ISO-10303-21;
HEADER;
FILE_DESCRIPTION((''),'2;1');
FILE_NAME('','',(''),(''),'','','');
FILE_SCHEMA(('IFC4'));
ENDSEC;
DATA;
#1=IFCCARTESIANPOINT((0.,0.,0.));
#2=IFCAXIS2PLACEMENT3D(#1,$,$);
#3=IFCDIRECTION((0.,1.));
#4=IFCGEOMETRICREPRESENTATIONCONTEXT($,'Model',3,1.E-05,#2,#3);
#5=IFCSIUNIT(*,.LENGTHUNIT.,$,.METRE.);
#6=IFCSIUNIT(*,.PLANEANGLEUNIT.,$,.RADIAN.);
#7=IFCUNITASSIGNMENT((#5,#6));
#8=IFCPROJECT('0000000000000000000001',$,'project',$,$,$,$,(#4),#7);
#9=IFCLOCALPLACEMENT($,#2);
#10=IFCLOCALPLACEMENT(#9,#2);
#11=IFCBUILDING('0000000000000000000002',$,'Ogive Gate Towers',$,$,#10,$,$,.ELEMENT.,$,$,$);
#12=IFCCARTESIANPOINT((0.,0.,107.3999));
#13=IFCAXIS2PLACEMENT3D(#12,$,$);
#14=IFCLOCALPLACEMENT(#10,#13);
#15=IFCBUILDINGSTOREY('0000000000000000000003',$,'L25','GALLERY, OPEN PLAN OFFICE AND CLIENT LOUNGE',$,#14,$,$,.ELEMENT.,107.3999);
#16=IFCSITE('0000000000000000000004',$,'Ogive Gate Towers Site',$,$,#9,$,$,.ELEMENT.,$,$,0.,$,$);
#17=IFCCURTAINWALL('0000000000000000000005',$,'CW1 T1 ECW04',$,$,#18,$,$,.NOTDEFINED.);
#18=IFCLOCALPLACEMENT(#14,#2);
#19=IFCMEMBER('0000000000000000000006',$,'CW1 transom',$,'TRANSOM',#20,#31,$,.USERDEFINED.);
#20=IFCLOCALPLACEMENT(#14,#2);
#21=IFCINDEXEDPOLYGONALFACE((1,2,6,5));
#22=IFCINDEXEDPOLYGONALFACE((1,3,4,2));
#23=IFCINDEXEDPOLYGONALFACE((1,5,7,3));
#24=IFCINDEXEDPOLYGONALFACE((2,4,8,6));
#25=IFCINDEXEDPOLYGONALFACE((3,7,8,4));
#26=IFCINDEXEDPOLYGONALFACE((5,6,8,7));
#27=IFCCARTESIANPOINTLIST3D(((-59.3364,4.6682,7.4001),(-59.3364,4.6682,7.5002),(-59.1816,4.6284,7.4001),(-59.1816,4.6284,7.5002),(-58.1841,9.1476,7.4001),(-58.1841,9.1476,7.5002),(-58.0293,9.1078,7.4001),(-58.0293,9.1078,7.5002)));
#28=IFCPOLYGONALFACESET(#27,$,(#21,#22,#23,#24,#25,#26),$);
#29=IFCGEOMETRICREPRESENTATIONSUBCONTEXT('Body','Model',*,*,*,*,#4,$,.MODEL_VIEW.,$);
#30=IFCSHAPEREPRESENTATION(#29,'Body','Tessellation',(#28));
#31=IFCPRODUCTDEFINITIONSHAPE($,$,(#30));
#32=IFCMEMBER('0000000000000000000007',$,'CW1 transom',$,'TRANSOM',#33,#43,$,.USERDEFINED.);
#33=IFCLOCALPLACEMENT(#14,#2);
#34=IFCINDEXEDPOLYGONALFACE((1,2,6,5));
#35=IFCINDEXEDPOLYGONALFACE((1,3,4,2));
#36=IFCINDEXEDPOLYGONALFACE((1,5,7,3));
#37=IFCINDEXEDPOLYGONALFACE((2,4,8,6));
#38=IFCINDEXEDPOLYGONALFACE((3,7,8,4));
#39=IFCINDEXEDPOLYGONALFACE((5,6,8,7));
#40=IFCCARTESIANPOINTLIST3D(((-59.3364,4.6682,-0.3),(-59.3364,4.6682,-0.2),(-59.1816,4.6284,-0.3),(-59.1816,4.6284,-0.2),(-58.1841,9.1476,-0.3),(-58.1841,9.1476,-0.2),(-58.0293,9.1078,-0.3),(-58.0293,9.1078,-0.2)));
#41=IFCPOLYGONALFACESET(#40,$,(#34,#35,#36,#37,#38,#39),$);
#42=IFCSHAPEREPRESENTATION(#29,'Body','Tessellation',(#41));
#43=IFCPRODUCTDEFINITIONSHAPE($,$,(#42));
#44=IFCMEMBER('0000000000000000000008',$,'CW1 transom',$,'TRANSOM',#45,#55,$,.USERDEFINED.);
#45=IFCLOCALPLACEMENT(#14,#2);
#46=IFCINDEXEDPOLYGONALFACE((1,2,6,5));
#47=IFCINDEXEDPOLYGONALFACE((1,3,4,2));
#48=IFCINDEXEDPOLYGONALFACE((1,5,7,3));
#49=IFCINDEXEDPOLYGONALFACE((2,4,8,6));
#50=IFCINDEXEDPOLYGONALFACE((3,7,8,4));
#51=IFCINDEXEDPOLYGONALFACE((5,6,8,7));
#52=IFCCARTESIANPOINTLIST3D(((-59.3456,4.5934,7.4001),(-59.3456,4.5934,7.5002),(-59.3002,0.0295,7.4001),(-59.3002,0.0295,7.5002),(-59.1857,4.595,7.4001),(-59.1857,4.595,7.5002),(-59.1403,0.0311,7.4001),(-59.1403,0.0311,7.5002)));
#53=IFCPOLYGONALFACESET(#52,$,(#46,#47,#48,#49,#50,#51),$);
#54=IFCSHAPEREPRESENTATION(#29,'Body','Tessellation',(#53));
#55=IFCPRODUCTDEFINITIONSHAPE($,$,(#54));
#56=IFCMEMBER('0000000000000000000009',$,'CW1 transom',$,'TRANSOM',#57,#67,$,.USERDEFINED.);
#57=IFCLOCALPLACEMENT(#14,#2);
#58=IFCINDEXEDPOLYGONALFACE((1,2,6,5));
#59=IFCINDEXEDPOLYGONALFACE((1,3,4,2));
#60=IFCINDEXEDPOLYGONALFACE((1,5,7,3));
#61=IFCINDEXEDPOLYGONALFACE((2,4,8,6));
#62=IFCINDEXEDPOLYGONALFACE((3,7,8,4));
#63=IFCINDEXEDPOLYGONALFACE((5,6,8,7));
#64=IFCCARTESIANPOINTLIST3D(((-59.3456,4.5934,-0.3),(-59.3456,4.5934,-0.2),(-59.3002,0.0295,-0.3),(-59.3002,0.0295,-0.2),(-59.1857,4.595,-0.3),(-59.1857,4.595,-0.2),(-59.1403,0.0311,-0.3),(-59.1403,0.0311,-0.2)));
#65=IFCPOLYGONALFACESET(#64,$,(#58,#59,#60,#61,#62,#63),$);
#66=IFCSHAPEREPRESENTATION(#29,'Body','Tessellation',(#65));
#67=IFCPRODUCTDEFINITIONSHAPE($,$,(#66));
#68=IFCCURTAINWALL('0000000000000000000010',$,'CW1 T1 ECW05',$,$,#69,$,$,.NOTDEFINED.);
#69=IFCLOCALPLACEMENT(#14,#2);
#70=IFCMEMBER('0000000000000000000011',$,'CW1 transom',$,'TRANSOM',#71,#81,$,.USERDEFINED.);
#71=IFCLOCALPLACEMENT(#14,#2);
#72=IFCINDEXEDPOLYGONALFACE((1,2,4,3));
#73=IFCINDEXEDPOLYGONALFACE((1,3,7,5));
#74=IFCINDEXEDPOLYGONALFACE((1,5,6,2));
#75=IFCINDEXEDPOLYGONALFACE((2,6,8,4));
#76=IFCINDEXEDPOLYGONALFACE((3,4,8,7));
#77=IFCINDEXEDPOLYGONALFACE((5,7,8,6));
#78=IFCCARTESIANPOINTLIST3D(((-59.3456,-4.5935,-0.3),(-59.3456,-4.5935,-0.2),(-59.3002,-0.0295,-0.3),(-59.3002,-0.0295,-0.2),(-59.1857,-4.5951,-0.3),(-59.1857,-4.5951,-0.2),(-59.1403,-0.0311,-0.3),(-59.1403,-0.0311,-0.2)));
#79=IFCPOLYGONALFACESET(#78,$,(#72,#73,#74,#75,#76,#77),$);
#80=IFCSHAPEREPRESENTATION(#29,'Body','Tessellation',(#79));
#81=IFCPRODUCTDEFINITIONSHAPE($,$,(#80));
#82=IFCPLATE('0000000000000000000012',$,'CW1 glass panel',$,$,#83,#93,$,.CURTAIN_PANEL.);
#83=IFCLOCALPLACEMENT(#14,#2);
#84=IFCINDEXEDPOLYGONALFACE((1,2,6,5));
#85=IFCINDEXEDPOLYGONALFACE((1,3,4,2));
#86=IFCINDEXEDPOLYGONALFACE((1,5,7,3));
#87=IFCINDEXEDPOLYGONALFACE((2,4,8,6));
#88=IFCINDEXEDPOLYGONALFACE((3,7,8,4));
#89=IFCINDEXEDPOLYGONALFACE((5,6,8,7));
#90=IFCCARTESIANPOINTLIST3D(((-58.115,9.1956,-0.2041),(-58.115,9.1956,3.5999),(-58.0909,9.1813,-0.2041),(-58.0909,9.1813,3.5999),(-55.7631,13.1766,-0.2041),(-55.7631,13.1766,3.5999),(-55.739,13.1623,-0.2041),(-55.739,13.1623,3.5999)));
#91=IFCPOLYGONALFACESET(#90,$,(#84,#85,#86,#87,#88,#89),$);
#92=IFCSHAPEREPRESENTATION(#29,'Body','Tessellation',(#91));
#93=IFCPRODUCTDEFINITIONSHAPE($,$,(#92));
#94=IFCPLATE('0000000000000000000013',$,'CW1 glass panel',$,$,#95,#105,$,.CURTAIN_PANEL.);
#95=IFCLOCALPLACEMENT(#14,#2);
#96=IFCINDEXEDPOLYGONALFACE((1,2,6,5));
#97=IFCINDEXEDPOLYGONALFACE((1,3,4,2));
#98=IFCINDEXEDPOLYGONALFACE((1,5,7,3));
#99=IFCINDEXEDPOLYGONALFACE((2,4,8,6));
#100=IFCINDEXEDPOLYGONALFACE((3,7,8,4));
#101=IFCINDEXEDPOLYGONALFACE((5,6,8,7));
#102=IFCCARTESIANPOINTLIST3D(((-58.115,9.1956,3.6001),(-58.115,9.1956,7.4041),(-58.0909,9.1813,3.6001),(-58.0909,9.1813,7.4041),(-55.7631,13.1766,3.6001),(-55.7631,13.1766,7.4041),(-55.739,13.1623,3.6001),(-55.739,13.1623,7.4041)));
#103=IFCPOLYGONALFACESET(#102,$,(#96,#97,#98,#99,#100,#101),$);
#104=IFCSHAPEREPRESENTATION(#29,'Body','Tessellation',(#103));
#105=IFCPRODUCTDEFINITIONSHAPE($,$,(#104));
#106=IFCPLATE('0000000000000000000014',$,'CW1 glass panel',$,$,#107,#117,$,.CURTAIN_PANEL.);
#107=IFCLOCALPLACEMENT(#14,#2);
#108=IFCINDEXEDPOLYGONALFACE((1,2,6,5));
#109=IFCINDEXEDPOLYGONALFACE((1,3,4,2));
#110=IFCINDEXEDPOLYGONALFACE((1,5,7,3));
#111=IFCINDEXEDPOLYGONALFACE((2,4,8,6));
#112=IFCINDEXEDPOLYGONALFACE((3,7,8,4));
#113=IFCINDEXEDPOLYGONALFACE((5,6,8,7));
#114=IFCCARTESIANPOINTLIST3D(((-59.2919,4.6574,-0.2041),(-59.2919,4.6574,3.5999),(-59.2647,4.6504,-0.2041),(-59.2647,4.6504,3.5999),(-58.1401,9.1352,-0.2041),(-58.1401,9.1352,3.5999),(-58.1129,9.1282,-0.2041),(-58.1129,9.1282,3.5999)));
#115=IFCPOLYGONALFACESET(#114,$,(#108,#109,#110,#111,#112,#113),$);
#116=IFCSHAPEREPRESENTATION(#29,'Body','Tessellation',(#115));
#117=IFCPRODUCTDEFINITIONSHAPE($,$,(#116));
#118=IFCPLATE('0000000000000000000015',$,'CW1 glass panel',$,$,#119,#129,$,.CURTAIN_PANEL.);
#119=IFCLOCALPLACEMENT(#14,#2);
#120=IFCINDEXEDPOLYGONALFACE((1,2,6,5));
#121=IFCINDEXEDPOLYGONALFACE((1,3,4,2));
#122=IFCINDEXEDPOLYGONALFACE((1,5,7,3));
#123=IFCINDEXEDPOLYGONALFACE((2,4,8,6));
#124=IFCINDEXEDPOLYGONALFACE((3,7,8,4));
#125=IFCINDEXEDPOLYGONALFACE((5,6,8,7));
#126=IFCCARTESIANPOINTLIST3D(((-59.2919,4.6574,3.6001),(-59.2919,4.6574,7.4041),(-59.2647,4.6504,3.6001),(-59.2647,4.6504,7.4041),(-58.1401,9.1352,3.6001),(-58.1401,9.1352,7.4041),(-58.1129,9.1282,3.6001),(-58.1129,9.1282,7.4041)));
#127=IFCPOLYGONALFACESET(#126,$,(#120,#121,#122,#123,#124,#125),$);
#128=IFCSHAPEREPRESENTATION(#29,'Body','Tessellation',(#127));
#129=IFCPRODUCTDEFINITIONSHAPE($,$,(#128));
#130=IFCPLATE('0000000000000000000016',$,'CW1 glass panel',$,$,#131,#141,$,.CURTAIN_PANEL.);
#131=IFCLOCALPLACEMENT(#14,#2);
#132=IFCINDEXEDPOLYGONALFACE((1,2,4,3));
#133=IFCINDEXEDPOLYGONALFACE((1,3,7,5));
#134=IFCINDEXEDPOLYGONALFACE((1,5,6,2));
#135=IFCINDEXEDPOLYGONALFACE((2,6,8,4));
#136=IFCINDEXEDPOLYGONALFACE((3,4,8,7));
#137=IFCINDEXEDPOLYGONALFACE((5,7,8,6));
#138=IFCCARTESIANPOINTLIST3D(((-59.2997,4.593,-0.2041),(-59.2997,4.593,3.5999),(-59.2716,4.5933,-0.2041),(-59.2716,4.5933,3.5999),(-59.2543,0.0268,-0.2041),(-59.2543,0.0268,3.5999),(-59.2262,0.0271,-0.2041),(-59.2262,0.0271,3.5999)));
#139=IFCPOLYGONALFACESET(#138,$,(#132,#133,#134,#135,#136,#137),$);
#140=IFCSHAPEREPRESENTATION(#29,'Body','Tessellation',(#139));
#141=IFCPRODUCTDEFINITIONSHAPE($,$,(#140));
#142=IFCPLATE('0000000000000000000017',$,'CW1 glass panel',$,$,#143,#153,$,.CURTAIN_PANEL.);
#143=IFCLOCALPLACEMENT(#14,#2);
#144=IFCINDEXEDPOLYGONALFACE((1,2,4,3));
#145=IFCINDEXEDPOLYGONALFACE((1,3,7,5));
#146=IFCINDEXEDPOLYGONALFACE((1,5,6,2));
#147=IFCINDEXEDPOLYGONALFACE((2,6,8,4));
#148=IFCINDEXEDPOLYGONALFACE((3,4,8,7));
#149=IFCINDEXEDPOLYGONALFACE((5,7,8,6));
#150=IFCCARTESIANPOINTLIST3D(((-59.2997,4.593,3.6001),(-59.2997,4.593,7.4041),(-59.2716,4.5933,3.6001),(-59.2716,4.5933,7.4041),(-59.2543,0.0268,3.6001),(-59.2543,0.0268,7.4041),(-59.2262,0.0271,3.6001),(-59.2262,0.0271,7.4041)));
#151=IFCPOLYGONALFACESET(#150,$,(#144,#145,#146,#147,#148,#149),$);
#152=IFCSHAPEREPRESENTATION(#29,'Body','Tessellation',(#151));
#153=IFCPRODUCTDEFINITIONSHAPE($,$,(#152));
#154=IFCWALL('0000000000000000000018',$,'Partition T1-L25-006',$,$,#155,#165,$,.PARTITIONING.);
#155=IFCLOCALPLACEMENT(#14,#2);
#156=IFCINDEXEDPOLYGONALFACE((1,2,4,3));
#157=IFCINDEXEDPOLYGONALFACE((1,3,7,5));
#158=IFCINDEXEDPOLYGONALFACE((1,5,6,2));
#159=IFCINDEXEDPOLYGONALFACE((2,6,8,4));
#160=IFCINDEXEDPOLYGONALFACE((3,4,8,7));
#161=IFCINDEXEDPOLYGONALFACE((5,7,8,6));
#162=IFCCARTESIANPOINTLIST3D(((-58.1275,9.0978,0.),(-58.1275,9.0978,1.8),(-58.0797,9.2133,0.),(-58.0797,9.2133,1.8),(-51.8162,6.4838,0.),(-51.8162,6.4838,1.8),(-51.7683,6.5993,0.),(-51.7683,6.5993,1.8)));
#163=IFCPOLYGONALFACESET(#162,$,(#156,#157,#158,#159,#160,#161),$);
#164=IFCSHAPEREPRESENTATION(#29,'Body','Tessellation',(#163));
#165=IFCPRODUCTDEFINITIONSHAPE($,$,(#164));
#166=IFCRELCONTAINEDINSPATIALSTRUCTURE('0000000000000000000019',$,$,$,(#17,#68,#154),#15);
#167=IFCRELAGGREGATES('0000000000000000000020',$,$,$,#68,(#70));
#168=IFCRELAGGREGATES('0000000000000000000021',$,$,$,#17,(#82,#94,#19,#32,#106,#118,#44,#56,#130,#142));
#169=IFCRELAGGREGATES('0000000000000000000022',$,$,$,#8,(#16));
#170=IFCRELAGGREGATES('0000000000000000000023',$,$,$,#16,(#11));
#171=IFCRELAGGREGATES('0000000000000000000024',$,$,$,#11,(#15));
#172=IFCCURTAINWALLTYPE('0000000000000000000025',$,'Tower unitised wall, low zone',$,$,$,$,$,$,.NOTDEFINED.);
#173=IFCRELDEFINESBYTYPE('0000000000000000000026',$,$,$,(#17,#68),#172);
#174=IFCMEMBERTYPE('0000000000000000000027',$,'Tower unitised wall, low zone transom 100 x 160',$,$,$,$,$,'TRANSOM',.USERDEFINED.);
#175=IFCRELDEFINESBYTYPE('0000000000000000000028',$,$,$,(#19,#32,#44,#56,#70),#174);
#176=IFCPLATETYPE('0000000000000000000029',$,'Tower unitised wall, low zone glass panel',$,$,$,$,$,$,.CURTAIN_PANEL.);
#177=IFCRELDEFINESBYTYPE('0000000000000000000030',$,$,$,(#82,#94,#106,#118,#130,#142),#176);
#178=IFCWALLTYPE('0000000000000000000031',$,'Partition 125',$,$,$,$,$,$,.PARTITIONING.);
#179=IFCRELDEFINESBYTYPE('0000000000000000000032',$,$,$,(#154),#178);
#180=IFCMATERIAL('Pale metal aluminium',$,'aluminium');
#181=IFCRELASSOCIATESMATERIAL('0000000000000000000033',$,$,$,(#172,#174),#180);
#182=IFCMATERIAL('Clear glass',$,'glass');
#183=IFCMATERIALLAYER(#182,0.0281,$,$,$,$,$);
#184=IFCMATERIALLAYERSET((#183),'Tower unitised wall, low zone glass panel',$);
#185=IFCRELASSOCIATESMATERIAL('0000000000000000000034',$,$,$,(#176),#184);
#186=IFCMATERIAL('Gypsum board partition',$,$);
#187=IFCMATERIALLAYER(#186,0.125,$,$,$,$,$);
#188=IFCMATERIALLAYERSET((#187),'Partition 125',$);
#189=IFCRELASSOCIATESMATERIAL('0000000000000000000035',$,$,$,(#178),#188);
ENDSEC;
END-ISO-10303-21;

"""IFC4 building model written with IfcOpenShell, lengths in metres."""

from ifc_helpers import new_model, si_unit, direction, frame, frame_2d, origin, origin_2d, place, context, subcontext, project, spatial, rectangle, extrude, material, layer, layer_set, material_profile, profile_set, type_object, element, aggregate, save


model = new_model("IFC4")

# Units and contexts
model_context = context("Model", 3, precision=1e-05, world=origin(), true_north=direction((0.0, 1.0)))
body_context = subcontext(model_context, "Body", "Model", "MODEL_VIEW")
ifc_project = project(units=[si_unit("LENGTHUNIT", "METRE"), si_unit("PLANEANGLEUNIT", "RADIAN")], contexts=[model_context])

# Site, building, storey
site_placement = place(None, origin())
site = spatial("IfcSite", under=ifc_project, at=site_placement, Name="Ogive Gate Towers Site", CompositionType="ELEMENT", RefElevation=0.0)
building_placement = place(site_placement, origin())
building = spatial("IfcBuilding", under=site, at=building_placement, Name="Ogive Gate Towers", CompositionType="ELEMENT")
storey_placement = place(building_placement, frame((0.0, 0.0, 107.3999)))
storey = spatial("IfcBuildingStorey", under=building, at=storey_placement, Name="L25", Description="GALLERY, OPEN PLAN OFFICE AND CLIENT LOUNGE", CompositionType="ELEMENT", Elevation=107.3999)

# Curtain wall, members
ifc_material_1 = material(Name="Pale metal aluminium", Category="aluminium")
curtain_wall_type = type_object("IfcCurtainWallType", Name="Tower unitised wall, low zone", PredefinedType="NOTDEFINED", material=ifc_material_1)
curtain_wall_1_placement = place(storey_placement, origin())
curtain_wall_1 = element("IfcCurtainWall", 1, at=curtain_wall_1_placement, inside=storey, type_object=curtain_wall_type, Name="CW1 T1 ECW04", PredefinedType="NOTDEFINED")
ifc_material_profile_1 = material_profile(ifc_material_1, rectangle(XDim=0.1599, YDim=0.1001, at=origin_2d()), Name="100 x 160 aluminium box")
ifc_profile_set_1 = profile_set([ifc_material_profile_1], Name="Pale metal aluminium")
member_type_1 = type_object("IfcMemberType", Name="Tower unitised wall, low zone transom 100 x 160", ElementType="TRANSOM", PredefinedType="USERDEFINED", material=ifc_profile_set_1)
member_1_placement = place(storey_placement, frame((-58.1067, 9.1277, 7.4502), z_axis=(-0.249137, -0.968468, 0.0), x_axis=(0.968468, -0.249137, 0.0)))
member_1 = element("IfcMember", 2, at=member_1_placement, type_object=member_type_1, Name="CW1 transom", ObjectType="TRANSOM", PredefinedType="USERDEFINED", context=body_context, shape_type="SweptSolid", body=[
    extrude(rectangle(XDim=0.1599, YDim=0.1001, at=origin_2d()), origin(), (0.0, 0.0, 1.0), 4.6252),
])
member_2_placement = place(storey_placement, frame((-58.1067, 9.1277, -0.25), z_axis=(-0.249137, -0.968468, 0.0), x_axis=(0.968468, -0.249137, 0.0)))
member_2 = element("IfcMember", 3, at=member_2_placement, type_object=member_type_1, Name="CW1 transom", ObjectType="TRANSOM", PredefinedType="USERDEFINED", context=body_context, shape_type="SweptSolid", body=[
    extrude(rectangle(XDim=0.1599, YDim=0.1001, at=origin_2d()), origin(), (0.0, 0.0, 1.0), 4.6252),
])
member_3_placement = place(storey_placement, frame((-59.2656, 4.5942, 7.4502), z_axis=(0.009949, -0.999951, 0.0), x_axis=(0.999951, 0.009949, 0.0)))
member_3 = element("IfcMember", 4, at=member_3_placement, type_object=member_type_1, Name="CW1 transom", ObjectType="TRANSOM", PredefinedType="USERDEFINED", context=body_context, shape_type="SweptSolid", body=[
    extrude(rectangle(XDim=0.1599, YDim=0.1001, at=origin_2d()), origin(), (0.0, 0.0, 1.0), 4.5642),
])
member_4_placement = place(storey_placement, frame((-59.2656, 4.5942, -0.25), z_axis=(0.009949, -0.999951, 0.0), x_axis=(0.999951, 0.009949, 0.0)))
member_4 = element("IfcMember", 5, at=member_4_placement, type_object=member_type_1, Name="CW1 transom", ObjectType="TRANSOM", PredefinedType="USERDEFINED", context=body_context, shape_type="SweptSolid", body=[
    extrude(rectangle(XDim=0.1599, YDim=0.1001, at=origin_2d()), origin(), (0.0, 0.0, 1.0), 4.5642),
])

# Curtain wall, member
curtain_wall_2_placement = place(storey_placement, origin())
curtain_wall_2 = element("IfcCurtainWall", 6, at=curtain_wall_2_placement, inside=storey, type_object=curtain_wall_type, Name="CW1 T1 ECW05", PredefinedType="NOTDEFINED")
member_5_placement = place(storey_placement, frame((-59.2202, -0.0303, -0.25), z_axis=(-0.009949, -0.999951, 0.0), x_axis=(0.999951, -0.009949, 0.0)))
member_5 = element("IfcMember", 7, at=member_5_placement, type_object=member_type_1, Name="CW1 transom", ObjectType="TRANSOM", PredefinedType="USERDEFINED", context=body_context, shape_type="SweptSolid", body=[
    extrude(rectangle(XDim=0.1599, YDim=0.1001, at=origin_2d()), origin(), (0.0, 0.0, 1.0), 4.5642),
])
aggregate(curtain_wall_2, [member_5])

# Plates
ifc_material_2 = material(Name="Clear glass", Category="glass")
ifc_layer_1 = layer(ifc_material_2, 0.0281)
ifc_layer_set_1 = layer_set([ifc_layer_1], Name="Tower unitised wall, low zone glass panel")
plate_type = type_object("IfcPlateType", Name="Tower unitised wall, low zone glass panel", PredefinedType="CURTAIN_PANEL", material=ifc_layer_set_1)
plate_1_placement = place(storey_placement, frame((-56.927, 11.179, -0.2041), z_axis=(0.0, 0.0, 1.0), x_axis=(-0.508651, -0.860973, 0.0)))
plate_1 = element("IfcPlate", 8, at=plate_1_placement, type_object=plate_type, Name="CW1 glass panel", PredefinedType="CURTAIN_PANEL", context=body_context, shape_type="SweptSolid", body=[
    extrude(rectangle(XDim=4.6238, YDim=0.0281, at=origin_2d()), origin(), (0.0, 0.0, 1.0), 3.804),
])
plate_2_placement = place(storey_placement, frame((-56.927, 11.179, 3.6001), z_axis=(0.0, 0.0, 1.0), x_axis=(-0.508651, -0.860973, 0.0)))
plate_2 = element("IfcPlate", 9, at=plate_2_placement, type_object=plate_type, Name="CW1 glass panel", PredefinedType="CURTAIN_PANEL", context=body_context, shape_type="SweptSolid", body=[
    extrude(rectangle(XDim=4.6238, YDim=0.0281, at=origin_2d()), origin(), (0.0, 0.0, 1.0), 3.804),
])
plate_3_placement = place(storey_placement, frame((-58.7024, 6.8928, -0.2041), z_axis=(0.0, 0.0, 1.0), x_axis=(-0.249129, -0.96847, 0.0)))
plate_3 = element("IfcPlate", 10, at=plate_3_placement, type_object=plate_type, Name="CW1 glass panel", PredefinedType="CURTAIN_PANEL", context=body_context, shape_type="SweptSolid", body=[
    extrude(rectangle(XDim=4.6235, YDim=0.0281, at=origin_2d()), origin(), (0.0, 0.0, 1.0), 3.804),
])
plate_4_placement = place(storey_placement, frame((-58.7024, 6.8928, 3.6001), z_axis=(0.0, 0.0, 1.0), x_axis=(-0.249129, -0.96847, 0.0)))
plate_4 = element("IfcPlate", 11, at=plate_4_placement, type_object=plate_type, Name="CW1 glass panel", PredefinedType="CURTAIN_PANEL", context=body_context, shape_type="SweptSolid", body=[
    extrude(rectangle(XDim=4.6235, YDim=0.0281, at=origin_2d()), origin(), (0.0, 0.0, 1.0), 3.804),
])
plate_5_placement = place(storey_placement, frame((-59.2629, 2.3101, -0.2041), z_axis=(0.0, 0.0, 1.0), x_axis=(0.009931, -0.999951, 0.0)))
plate_5 = element("IfcPlate", 12, at=plate_5_placement, type_object=plate_type, Name="CW1 glass panel", PredefinedType="CURTAIN_PANEL", context=body_context, shape_type="SweptSolid", body=[
    extrude(rectangle(XDim=4.5664, YDim=0.0281, at=origin_2d()), origin(), (0.0, 0.0, 1.0), 3.804),
])
plate_6_placement = place(storey_placement, frame((-59.2629, 2.3101, 3.6001), z_axis=(0.0, 0.0, 1.0), x_axis=(0.009931, -0.999951, 0.0)))
plate_6 = element("IfcPlate", 13, at=plate_6_placement, type_object=plate_type, Name="CW1 glass panel", PredefinedType="CURTAIN_PANEL", context=body_context, shape_type="SweptSolid", body=[
    extrude(rectangle(XDim=4.5664, YDim=0.0281, at=origin_2d()), origin(), (0.0, 0.0, 1.0), 3.804),
])
aggregate(curtain_wall_1, [plate_1, plate_2, member_1, member_2, plate_3, plate_4, member_3, member_4, plate_5, plate_6])

# Wall
ifc_material_3 = material(Name="Gypsum board partition")
ifc_layer_2 = layer(ifc_material_3, 0.125)
ifc_layer_set_2 = layer_set([ifc_layer_2], Name="Partition 125")
wall_type = type_object("IfcWallType", Name="Partition 125", PredefinedType="PARTITIONING", material=ifc_layer_set_2)
wall_1_placement = place(storey_placement, frame((-58.1035, 9.1555, 0.0), z_axis=(0.0, 0.0, 1.0), x_axis=(0.92389, -0.382658, 0.0)))
element("IfcWall", 14, at=wall_1_placement, inside=storey, type_object=wall_type, Name="Partition T1-L25-006", PredefinedType="PARTITIONING", context=body_context, shape_type="SweptSolid", body=[
    extrude(rectangle(XDim=6.8313, YDim=0.125, at=frame_2d((3.4155, 0.0))), origin(), (0.0, 0.0, 1.0), 1.8),
])

save(model, "model.ifc")
